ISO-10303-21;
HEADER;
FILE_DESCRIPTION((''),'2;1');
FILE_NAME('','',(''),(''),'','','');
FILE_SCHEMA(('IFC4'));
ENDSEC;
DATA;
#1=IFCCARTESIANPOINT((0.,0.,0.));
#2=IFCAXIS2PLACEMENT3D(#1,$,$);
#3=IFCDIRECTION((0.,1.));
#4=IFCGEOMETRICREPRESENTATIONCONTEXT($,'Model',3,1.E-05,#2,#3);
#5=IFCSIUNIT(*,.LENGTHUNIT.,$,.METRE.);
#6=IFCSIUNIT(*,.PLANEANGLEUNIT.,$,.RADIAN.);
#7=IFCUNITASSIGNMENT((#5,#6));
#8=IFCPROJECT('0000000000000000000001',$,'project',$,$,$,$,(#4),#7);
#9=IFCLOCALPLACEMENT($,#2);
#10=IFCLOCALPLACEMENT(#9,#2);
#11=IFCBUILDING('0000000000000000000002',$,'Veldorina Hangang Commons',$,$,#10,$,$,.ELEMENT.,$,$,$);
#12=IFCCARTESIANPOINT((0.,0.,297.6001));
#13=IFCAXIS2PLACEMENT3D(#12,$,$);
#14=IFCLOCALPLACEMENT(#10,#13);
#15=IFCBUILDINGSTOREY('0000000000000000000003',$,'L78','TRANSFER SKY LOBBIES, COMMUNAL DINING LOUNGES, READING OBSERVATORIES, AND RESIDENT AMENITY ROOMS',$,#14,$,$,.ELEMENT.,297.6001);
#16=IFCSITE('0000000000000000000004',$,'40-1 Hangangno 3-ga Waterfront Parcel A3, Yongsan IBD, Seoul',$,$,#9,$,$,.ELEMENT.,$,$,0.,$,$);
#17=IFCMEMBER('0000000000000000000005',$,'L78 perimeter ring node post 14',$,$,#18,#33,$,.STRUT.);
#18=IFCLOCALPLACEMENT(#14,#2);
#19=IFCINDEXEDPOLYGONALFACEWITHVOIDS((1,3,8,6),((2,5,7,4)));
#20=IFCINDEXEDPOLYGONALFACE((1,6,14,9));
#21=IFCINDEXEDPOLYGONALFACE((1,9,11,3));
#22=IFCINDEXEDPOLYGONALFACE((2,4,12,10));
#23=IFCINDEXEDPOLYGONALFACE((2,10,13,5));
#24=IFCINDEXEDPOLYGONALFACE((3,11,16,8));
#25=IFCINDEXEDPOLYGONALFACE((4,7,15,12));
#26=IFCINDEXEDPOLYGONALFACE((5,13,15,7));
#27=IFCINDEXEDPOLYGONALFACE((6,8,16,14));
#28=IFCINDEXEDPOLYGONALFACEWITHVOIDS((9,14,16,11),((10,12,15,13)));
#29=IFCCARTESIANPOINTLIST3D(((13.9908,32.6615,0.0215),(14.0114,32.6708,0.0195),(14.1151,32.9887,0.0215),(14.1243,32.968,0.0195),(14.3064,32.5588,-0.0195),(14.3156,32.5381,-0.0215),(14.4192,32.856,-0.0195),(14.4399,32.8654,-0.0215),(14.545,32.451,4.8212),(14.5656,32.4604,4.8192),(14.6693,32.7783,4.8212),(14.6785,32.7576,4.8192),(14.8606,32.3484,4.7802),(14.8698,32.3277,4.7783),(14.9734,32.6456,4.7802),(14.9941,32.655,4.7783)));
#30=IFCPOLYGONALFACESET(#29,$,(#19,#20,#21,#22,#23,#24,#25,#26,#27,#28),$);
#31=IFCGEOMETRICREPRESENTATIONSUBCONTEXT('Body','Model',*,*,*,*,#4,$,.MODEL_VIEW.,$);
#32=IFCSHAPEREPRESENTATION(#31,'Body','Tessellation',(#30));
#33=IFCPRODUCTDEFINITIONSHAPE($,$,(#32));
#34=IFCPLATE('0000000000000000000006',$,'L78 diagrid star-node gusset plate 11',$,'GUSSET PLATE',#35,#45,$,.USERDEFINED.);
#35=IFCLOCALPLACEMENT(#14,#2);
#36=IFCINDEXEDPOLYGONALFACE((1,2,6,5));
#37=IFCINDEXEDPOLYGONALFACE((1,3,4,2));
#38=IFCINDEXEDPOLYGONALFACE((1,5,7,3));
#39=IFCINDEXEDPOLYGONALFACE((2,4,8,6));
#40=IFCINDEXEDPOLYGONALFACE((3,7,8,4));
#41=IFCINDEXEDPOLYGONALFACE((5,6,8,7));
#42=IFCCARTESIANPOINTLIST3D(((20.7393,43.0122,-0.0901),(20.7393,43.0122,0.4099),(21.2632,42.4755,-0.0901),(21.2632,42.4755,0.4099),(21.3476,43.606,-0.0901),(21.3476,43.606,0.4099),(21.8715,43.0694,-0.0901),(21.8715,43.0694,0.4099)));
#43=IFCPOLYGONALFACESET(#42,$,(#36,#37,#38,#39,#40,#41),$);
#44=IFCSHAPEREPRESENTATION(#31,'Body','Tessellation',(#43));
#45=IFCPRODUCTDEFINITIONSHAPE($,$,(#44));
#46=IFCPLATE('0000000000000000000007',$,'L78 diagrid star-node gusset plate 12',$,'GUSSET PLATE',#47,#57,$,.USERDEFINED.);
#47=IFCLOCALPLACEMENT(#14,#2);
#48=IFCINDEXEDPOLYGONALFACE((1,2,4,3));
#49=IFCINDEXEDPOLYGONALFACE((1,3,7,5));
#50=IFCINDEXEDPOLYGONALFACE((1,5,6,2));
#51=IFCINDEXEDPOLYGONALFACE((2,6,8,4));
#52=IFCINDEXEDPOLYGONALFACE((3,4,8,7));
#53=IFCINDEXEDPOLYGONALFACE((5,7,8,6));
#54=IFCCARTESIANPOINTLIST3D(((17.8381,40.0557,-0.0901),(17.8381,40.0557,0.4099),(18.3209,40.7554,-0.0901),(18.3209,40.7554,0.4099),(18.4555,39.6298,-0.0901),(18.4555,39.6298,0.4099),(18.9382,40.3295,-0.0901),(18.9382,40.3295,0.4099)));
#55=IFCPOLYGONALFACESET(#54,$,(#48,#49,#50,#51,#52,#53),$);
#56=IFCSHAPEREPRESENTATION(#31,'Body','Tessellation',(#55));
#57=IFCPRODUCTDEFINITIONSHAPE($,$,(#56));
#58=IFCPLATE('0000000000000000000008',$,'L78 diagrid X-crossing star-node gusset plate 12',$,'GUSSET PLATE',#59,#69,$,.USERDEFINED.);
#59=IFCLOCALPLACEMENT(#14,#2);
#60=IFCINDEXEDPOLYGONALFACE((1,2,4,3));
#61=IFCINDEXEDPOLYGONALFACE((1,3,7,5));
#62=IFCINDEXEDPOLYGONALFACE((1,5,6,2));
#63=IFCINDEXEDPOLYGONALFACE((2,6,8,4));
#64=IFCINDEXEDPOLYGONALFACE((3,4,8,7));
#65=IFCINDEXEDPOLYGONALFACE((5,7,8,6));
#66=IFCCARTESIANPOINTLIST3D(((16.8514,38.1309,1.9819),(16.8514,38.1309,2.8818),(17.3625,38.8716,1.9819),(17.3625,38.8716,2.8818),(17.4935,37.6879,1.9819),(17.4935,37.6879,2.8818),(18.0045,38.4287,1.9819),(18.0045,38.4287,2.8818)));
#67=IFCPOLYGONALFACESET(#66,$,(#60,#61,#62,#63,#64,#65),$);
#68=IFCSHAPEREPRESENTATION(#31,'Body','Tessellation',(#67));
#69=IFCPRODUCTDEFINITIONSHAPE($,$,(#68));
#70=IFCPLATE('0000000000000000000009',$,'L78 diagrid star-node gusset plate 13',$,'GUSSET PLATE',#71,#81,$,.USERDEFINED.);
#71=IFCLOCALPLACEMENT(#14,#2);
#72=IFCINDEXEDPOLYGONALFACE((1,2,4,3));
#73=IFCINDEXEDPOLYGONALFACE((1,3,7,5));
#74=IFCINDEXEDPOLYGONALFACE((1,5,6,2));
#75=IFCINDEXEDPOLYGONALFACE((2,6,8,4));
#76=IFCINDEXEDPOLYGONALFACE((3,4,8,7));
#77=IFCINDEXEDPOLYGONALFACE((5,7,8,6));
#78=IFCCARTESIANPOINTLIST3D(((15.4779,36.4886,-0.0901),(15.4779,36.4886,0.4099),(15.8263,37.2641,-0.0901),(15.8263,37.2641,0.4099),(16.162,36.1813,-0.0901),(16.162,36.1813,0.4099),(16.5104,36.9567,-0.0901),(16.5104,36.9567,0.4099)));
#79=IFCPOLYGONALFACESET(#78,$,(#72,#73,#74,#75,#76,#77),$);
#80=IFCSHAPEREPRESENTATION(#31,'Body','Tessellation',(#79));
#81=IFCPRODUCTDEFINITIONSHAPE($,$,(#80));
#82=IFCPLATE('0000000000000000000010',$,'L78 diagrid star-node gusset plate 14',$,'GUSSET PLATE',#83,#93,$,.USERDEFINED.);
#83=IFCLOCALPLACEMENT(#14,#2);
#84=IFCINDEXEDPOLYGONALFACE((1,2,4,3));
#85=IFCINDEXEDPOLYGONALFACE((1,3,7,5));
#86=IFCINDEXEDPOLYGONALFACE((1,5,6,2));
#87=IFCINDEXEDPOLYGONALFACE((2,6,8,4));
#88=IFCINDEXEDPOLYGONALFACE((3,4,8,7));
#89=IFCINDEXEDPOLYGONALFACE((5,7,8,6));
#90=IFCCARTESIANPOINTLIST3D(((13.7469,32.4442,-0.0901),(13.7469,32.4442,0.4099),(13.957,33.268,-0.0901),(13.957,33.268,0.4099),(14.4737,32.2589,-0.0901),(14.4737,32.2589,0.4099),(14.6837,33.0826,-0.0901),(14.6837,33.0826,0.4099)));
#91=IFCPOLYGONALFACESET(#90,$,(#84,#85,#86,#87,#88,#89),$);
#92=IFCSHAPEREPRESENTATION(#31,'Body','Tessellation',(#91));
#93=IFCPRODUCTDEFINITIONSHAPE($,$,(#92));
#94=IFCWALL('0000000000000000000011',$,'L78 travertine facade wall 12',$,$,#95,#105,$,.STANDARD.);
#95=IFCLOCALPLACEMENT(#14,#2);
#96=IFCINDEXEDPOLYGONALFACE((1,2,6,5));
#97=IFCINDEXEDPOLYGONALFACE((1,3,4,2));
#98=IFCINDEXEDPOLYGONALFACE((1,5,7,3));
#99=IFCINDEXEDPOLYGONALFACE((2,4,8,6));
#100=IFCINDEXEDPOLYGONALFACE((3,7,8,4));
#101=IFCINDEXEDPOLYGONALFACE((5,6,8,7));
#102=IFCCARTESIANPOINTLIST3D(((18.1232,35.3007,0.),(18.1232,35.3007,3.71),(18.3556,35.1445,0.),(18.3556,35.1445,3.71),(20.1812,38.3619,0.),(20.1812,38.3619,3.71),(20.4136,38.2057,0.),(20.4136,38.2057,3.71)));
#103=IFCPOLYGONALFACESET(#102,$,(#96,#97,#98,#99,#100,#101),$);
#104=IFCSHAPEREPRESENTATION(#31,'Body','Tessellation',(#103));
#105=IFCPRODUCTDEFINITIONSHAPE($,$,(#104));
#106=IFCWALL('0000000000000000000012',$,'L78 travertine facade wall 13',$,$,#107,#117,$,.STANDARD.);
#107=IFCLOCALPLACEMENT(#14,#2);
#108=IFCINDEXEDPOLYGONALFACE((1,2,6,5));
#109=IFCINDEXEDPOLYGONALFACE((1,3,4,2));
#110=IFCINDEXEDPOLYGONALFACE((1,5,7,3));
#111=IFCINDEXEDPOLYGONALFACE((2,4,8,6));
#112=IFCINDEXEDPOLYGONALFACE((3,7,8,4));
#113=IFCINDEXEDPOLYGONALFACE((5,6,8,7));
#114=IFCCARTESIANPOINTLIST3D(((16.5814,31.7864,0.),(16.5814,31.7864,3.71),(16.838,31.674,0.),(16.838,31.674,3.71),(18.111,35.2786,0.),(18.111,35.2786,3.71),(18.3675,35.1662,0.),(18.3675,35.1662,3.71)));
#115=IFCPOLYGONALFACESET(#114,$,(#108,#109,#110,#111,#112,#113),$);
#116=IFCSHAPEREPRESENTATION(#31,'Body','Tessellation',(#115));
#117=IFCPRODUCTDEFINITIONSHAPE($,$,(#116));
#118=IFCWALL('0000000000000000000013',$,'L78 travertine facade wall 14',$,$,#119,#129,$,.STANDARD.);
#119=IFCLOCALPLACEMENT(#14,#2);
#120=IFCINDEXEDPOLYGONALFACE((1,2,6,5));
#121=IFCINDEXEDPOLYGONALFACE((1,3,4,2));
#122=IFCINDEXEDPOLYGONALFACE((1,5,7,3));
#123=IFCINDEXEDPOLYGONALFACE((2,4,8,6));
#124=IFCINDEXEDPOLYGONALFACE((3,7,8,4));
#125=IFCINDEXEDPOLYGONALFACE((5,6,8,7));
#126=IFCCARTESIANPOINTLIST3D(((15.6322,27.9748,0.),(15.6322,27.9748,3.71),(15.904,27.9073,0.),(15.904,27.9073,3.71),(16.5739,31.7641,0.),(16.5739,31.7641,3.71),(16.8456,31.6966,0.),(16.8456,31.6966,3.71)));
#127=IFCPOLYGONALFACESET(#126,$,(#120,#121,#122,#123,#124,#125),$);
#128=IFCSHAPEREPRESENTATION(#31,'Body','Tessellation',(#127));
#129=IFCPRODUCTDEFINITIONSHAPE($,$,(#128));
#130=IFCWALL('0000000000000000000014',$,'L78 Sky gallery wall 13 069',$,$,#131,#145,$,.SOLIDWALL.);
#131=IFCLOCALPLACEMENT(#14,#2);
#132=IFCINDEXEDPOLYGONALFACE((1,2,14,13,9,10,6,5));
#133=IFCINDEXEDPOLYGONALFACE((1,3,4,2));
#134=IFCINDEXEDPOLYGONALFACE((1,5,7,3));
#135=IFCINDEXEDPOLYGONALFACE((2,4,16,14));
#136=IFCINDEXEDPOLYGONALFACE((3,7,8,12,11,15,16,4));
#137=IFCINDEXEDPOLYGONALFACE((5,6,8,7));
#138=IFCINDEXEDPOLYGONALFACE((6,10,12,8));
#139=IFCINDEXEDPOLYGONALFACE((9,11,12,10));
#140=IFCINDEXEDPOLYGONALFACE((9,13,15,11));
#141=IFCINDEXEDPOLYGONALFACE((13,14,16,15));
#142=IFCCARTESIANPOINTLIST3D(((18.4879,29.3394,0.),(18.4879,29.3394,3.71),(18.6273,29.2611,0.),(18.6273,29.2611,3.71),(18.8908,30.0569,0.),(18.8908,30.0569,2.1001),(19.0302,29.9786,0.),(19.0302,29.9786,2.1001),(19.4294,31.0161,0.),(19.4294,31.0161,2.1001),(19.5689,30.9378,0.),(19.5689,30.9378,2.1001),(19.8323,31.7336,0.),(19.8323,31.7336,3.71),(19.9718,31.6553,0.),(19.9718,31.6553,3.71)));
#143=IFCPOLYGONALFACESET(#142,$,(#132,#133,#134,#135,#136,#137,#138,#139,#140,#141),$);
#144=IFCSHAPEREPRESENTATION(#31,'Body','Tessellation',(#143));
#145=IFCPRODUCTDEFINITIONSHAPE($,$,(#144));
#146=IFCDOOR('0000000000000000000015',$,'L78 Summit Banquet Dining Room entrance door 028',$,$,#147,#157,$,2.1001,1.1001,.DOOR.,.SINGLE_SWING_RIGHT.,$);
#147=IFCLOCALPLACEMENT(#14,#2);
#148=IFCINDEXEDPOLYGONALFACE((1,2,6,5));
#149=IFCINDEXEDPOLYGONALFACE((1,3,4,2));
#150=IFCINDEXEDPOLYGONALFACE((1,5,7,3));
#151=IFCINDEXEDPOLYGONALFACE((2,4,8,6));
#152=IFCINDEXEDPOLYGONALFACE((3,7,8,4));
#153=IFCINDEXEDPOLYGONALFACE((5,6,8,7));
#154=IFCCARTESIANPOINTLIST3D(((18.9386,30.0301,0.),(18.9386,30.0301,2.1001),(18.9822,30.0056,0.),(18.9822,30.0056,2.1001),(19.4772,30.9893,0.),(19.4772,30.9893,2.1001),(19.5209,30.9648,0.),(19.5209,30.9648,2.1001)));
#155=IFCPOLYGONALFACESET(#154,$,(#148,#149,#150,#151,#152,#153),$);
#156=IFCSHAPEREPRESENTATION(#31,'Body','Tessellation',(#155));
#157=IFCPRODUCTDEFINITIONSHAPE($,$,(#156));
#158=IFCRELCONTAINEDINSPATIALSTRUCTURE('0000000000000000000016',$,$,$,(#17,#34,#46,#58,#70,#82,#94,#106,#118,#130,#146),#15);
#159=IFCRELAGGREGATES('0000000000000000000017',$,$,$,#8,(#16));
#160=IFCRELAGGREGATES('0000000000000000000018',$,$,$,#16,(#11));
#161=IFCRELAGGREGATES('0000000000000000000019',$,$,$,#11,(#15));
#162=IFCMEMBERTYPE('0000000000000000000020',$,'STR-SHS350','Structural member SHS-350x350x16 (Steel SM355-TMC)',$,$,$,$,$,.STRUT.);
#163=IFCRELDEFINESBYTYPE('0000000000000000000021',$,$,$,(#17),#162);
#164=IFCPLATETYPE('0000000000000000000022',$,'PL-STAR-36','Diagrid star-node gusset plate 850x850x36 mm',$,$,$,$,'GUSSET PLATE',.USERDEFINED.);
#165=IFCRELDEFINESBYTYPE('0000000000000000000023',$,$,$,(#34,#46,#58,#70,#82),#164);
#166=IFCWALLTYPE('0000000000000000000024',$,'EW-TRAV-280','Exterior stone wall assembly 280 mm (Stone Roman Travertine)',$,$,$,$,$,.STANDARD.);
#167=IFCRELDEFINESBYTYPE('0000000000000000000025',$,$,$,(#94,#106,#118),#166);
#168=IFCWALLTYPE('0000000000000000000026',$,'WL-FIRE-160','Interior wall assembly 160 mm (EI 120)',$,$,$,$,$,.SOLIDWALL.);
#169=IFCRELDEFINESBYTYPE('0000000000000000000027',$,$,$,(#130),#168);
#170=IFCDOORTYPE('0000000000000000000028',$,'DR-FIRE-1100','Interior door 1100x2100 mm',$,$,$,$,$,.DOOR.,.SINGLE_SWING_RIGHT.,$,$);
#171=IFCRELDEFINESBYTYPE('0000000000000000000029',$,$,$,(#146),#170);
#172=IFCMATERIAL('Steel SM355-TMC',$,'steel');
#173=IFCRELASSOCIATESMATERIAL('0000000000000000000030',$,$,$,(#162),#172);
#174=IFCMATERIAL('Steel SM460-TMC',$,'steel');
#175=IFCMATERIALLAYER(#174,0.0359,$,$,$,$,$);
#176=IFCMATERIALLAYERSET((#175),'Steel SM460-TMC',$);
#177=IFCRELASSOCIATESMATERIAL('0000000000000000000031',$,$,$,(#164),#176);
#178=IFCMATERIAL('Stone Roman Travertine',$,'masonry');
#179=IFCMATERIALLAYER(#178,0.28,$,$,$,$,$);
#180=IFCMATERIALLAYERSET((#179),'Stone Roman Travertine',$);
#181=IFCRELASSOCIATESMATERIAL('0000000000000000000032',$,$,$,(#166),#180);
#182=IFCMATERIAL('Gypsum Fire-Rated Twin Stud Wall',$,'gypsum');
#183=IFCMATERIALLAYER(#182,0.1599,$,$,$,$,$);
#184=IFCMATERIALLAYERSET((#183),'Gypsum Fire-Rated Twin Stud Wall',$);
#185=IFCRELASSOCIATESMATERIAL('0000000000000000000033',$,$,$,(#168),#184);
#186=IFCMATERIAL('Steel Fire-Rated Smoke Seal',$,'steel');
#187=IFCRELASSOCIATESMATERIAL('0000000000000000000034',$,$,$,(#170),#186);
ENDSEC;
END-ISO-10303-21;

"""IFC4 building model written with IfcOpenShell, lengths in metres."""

from ifc_helpers import new_model, si_unit, direction, frame, frame_2d, origin, origin_2d, place, context, subcontext, project, spatial, rectangle, hollow_rectangle, extrude, material, layer, layer_set, material_profile, profile_set, type_object, element, fill, save


model = new_model("IFC4")

# Units and contexts
model_context = context("Model", 3, precision=1e-05, world=origin(), true_north=direction((0.0, 1.0)))
body_context = subcontext(model_context, "Body", "Model", "MODEL_VIEW")
ifc_project = project(units=[si_unit("LENGTHUNIT", "METRE"), si_unit("PLANEANGLEUNIT", "RADIAN")], contexts=[model_context])

# Site, building, storey
site_placement = place(None, origin())
site = spatial("IfcSite", under=ifc_project, at=site_placement, Name="40-1 Hangangno 3-ga Waterfront Parcel A3, Yongsan IBD, Seoul", CompositionType="ELEMENT", RefElevation=0.0)
building_placement = place(site_placement, origin())
building = spatial("IfcBuilding", under=site, at=building_placement, Name="Veldorina Hangang Commons", CompositionType="ELEMENT")
storey_placement = place(building_placement, frame((0.0, 0.0, 297.6001)))
storey = spatial("IfcBuildingStorey", under=building, at=storey_placement, Name="L78", Description="TRANSFER SKY LOBBIES, COMMUNAL DINING LOUNGES, READING OBSERVATORIES, AND RESIDENT AMENITY ROOMS", CompositionType="ELEMENT", Elevation=297.6001)

# Shared definitions
ifc_material_1 = material(Name="Steel SM460-TMC", Category="steel")
ifc_material_2 = material(Name="Steel SM355-TMC", Category="steel")

# Member
ifc_material_profile_1 = material_profile(ifc_material_2, hollow_rectangle(XDim=0.3501, YDim=0.3501, WallThickness=0.0161, at=origin_2d()), Name="SHS-350x350x16")
ifc_profile_set_1 = profile_set([ifc_material_profile_1], Name="Steel SM355-TMC")
member_type_1 = type_object("IfcMemberType", Name="STR-SHS350", Description="Structural member SHS-350x350x16 (Steel SM355-TMC)", PredefinedType="STRUT", material=ifc_profile_set_1)
member_1_placement = place(storey_placement, frame((14.2153, 32.7634, 0.0), z_axis=(0.114592, -0.043515, 0.992459), x_axis=(0.355002, 0.934866, 0.0)))
element("IfcMember", 1, at=member_1_placement, inside=storey, type_object=member_type_1, Name="L78 perimeter ring node post 14", PredefinedType="STRUT", context=body_context, shape_type="SweptSolid", body=[
    extrude(hollow_rectangle(XDim=0.3501, YDim=0.3501, WallThickness=0.0161, at=origin_2d()), origin(), (0.0, 0.0, 1.0), 4.8362),
])

# Plates
ifc_layer_1 = layer(ifc_material_1, 0.0359)
ifc_layer_set_1 = layer_set([ifc_layer_1], Name="Steel SM460-TMC")
plate_type = type_object("IfcPlateType", Name="PL-STAR-36", Description="Diagrid star-node gusset plate 850x850x36 mm", ElementType="GUSSET PLATE", PredefinedType="USERDEFINED", material=ifc_layer_set_1)
for number, where, z_axis, x_axis, name in (
    (2, (21.3054, 43.0408, -0.0901), (0.0, 0.0, 1.0), (-0.715534, -0.698578, 0.0), "L78 diagrid star-node gusset plate 11"),
    (3, (18.3882, 40.1926, -0.0901), (0.0, 0.0, 1.0), (-0.567872, -0.823117, 0.0), "L78 diagrid star-node gusset plate 12"),
):
    element("IfcPlate", number, at=place(storey_placement, frame(where, z_axis=z_axis, x_axis=x_axis)), inside=storey, type_object=plate_type, Name=name, ObjectType="GUSSET PLATE", PredefinedType="USERDEFINED", context=body_context, shape_type="SweptSolid", body=[
        extrude(rectangle(XDim=0.8501, YDim=0.75, at=origin_2d()), origin(), (0.0, 0.0, 1.0), 0.5),
    ])
plate_placement = place(storey_placement, frame((17.428, 38.2798, 1.9819), z_axis=(0.0, 0.0, 1.0), x_axis=(-0.567872, -0.823117, 0.0)))
element("IfcPlate", 4, at=plate_placement, inside=storey, type_object=plate_type, Name="L78 diagrid X-crossing star-node gusset plate 12", ObjectType="GUSSET PLATE", PredefinedType="USERDEFINED", context=body_context, shape_type="SweptSolid", body=[
    extrude(rectangle(XDim=0.8999, YDim=0.78, at=origin_2d()), origin(), (0.0, 0.0, 1.0), 0.8999),
])
for number, where, z_axis, x_axis, name in (
    (5, (15.9941, 36.7227, -0.0901), (0.0, 0.0, 1.0), (-0.409843, -0.912156, 0.0), "L78 diagrid star-node gusset plate 13"),
    (6, (14.2153, 32.7634, -0.0901), (0.0, 0.0, 1.0), (-0.247084, -0.968994, 0.0), "L78 diagrid star-node gusset plate 14"),
):
    element("IfcPlate", number, at=place(storey_placement, frame(where, z_axis=z_axis, x_axis=x_axis)), inside=storey, type_object=plate_type, Name=name, ObjectType="GUSSET PLATE", PredefinedType="USERDEFINED", context=body_context, shape_type="SweptSolid", body=[
        extrude(rectangle(XDim=0.8501, YDim=0.75, at=origin_2d()), origin(), (0.0, 0.0, 1.0), 0.5),
    ])

# Walls
ifc_material_3 = material(Name="Stone Roman Travertine", Category="masonry")
ifc_layer_2 = layer(ifc_material_3, 0.28)
ifc_layer_set_2 = layer_set([ifc_layer_2], Name="Stone Roman Travertine")
wall_type_1 = type_object("IfcWallType", Name="EW-TRAV-280", Description="Exterior stone wall assembly 280 mm (Stone Roman Travertine)", PredefinedType="STANDARD", material=ifc_layer_set_2)
wall_1_placement = place(storey_placement, frame((20.2974, 38.2837, 0.0), z_axis=(0.0, 0.0, 1.0), x_axis=(-0.557934, -0.829885, 0.0)))
element("IfcWall", 7, at=wall_1_placement, inside=storey, type_object=wall_type_1, Name="L78 travertine facade wall 12", PredefinedType="STANDARD", context=body_context, shape_type="SweptSolid", body=[
    extrude(rectangle(XDim=3.6887, YDim=0.28, at=frame_2d((1.8442, 0.0))), origin(), (0.0, 0.0, 1.0), 3.71),
])
wall_2_placement = place(storey_placement, frame((18.2393, 35.2224, 0.0), z_axis=(0.0, 0.0, 1.0), x_axis=(-0.401195, -0.915993, 0.0)))
element("IfcWall", 8, at=wall_2_placement, inside=storey, type_object=wall_type_1, Name="L78 travertine facade wall 13", PredefinedType="STANDARD", context=body_context, shape_type="SweptSolid", body=[
    extrude(rectangle(XDim=3.8125, YDim=0.28, at=frame_2d((1.9062, 0.0))), origin(), (0.0, 0.0, 1.0), 3.71),
])
wall_3_placement = place(storey_placement, frame((16.7097, 31.7302, 0.0), z_axis=(0.0, 0.0, 1.0), x_axis=(-0.241167, -0.970484, 0.0)))
element("IfcWall", 9, at=wall_3_placement, inside=storey, type_object=wall_type_1, Name="L78 travertine facade wall 14", PredefinedType="STANDARD", context=body_context, shape_type="SweptSolid", body=[
    extrude(rectangle(XDim=3.9045, YDim=0.28, at=frame_2d((1.9521, 0.0))), origin(), (0.0, 0.0, 1.0), 3.71),
])

# Wall, opening, door
ifc_material_4 = material(Name="Gypsum Fire-Rated Twin Stud Wall", Category="gypsum")
ifc_layer_3 = layer(ifc_material_4, 0.1599)
ifc_layer_set_3 = layer_set([ifc_layer_3], Name="Gypsum Fire-Rated Twin Stud Wall")
wall_type_2 = type_object("IfcWallType", Name="WL-FIRE-160", Description="Interior wall assembly 160 mm (EI 120)", PredefinedType="SOLIDWALL", material=ifc_layer_set_3)
wall_4_placement = place(storey_placement, frame((19.9021, 31.6946, 0.0), z_axis=(0.0, 0.0, 1.0), x_axis=(-0.489624, -0.871934, 0.0)))
wall_4 = element("IfcWall", 10, at=wall_4_placement, inside=storey, type_object=wall_type_2, Name="L78 Sky gallery wall 13 069", PredefinedType="SOLIDWALL", context=body_context, shape_type="SweptSolid", body=[
    extrude(rectangle(XDim=2.7458, YDim=0.1599, at=frame_2d((1.373, 0.0))), origin(), (0.0, 0.0, 1.0), 3.71),
])
opening_placement = place(wall_4_placement, frame((0.823, 0.0, 0.0)))
opening = element("IfcOpeningElement", 11, at=opening_placement, cuts=wall_4, PredefinedType="OPENING", context=body_context, shape_type="SweptSolid", body=[
    extrude(rectangle(XDim=1.1001, YDim=2.1001, at=frame_2d((0.55, 1.05))), frame((0.0, 0.0898, 0.0), z_axis=(0.0, -1.0, 0.0), x_axis=(1.0, 0.0, 0.0)), (0.0, 0.0, 1.0), 0.1799),
])
ifc_material_5 = material(Name="Steel Fire-Rated Smoke Seal", Category="steel")
door_type = type_object("IfcDoorType", Name="DR-FIRE-1100", Description="Interior door 1100x2100 mm", OperationType="SINGLE_SWING_RIGHT", PredefinedType="DOOR", material=ifc_material_5)
door_placement = place(opening_placement, origin())
door = element("IfcDoor", 12, at=door_placement, inside=storey, type_object=door_type, Name="L78 Summit Banquet Dining Room entrance door 028", OperationType="SINGLE_SWING_RIGHT", OverallHeight=2.1001, OverallWidth=1.1001, PredefinedType="DOOR", context=body_context, shape_type="SweptSolid", body=[
    extrude(rectangle(XDim=1.1001, YDim=2.1001, at=frame_2d((0.55, 1.05))), frame((0.0, 0.0249, 0.0), z_axis=(0.0, -1.0, 0.0), x_axis=(1.0, 0.0, 0.0)), (0.0, 0.0, 1.0), 0.05),
])
fill(opening, door)

save(model, "model.ifc")
